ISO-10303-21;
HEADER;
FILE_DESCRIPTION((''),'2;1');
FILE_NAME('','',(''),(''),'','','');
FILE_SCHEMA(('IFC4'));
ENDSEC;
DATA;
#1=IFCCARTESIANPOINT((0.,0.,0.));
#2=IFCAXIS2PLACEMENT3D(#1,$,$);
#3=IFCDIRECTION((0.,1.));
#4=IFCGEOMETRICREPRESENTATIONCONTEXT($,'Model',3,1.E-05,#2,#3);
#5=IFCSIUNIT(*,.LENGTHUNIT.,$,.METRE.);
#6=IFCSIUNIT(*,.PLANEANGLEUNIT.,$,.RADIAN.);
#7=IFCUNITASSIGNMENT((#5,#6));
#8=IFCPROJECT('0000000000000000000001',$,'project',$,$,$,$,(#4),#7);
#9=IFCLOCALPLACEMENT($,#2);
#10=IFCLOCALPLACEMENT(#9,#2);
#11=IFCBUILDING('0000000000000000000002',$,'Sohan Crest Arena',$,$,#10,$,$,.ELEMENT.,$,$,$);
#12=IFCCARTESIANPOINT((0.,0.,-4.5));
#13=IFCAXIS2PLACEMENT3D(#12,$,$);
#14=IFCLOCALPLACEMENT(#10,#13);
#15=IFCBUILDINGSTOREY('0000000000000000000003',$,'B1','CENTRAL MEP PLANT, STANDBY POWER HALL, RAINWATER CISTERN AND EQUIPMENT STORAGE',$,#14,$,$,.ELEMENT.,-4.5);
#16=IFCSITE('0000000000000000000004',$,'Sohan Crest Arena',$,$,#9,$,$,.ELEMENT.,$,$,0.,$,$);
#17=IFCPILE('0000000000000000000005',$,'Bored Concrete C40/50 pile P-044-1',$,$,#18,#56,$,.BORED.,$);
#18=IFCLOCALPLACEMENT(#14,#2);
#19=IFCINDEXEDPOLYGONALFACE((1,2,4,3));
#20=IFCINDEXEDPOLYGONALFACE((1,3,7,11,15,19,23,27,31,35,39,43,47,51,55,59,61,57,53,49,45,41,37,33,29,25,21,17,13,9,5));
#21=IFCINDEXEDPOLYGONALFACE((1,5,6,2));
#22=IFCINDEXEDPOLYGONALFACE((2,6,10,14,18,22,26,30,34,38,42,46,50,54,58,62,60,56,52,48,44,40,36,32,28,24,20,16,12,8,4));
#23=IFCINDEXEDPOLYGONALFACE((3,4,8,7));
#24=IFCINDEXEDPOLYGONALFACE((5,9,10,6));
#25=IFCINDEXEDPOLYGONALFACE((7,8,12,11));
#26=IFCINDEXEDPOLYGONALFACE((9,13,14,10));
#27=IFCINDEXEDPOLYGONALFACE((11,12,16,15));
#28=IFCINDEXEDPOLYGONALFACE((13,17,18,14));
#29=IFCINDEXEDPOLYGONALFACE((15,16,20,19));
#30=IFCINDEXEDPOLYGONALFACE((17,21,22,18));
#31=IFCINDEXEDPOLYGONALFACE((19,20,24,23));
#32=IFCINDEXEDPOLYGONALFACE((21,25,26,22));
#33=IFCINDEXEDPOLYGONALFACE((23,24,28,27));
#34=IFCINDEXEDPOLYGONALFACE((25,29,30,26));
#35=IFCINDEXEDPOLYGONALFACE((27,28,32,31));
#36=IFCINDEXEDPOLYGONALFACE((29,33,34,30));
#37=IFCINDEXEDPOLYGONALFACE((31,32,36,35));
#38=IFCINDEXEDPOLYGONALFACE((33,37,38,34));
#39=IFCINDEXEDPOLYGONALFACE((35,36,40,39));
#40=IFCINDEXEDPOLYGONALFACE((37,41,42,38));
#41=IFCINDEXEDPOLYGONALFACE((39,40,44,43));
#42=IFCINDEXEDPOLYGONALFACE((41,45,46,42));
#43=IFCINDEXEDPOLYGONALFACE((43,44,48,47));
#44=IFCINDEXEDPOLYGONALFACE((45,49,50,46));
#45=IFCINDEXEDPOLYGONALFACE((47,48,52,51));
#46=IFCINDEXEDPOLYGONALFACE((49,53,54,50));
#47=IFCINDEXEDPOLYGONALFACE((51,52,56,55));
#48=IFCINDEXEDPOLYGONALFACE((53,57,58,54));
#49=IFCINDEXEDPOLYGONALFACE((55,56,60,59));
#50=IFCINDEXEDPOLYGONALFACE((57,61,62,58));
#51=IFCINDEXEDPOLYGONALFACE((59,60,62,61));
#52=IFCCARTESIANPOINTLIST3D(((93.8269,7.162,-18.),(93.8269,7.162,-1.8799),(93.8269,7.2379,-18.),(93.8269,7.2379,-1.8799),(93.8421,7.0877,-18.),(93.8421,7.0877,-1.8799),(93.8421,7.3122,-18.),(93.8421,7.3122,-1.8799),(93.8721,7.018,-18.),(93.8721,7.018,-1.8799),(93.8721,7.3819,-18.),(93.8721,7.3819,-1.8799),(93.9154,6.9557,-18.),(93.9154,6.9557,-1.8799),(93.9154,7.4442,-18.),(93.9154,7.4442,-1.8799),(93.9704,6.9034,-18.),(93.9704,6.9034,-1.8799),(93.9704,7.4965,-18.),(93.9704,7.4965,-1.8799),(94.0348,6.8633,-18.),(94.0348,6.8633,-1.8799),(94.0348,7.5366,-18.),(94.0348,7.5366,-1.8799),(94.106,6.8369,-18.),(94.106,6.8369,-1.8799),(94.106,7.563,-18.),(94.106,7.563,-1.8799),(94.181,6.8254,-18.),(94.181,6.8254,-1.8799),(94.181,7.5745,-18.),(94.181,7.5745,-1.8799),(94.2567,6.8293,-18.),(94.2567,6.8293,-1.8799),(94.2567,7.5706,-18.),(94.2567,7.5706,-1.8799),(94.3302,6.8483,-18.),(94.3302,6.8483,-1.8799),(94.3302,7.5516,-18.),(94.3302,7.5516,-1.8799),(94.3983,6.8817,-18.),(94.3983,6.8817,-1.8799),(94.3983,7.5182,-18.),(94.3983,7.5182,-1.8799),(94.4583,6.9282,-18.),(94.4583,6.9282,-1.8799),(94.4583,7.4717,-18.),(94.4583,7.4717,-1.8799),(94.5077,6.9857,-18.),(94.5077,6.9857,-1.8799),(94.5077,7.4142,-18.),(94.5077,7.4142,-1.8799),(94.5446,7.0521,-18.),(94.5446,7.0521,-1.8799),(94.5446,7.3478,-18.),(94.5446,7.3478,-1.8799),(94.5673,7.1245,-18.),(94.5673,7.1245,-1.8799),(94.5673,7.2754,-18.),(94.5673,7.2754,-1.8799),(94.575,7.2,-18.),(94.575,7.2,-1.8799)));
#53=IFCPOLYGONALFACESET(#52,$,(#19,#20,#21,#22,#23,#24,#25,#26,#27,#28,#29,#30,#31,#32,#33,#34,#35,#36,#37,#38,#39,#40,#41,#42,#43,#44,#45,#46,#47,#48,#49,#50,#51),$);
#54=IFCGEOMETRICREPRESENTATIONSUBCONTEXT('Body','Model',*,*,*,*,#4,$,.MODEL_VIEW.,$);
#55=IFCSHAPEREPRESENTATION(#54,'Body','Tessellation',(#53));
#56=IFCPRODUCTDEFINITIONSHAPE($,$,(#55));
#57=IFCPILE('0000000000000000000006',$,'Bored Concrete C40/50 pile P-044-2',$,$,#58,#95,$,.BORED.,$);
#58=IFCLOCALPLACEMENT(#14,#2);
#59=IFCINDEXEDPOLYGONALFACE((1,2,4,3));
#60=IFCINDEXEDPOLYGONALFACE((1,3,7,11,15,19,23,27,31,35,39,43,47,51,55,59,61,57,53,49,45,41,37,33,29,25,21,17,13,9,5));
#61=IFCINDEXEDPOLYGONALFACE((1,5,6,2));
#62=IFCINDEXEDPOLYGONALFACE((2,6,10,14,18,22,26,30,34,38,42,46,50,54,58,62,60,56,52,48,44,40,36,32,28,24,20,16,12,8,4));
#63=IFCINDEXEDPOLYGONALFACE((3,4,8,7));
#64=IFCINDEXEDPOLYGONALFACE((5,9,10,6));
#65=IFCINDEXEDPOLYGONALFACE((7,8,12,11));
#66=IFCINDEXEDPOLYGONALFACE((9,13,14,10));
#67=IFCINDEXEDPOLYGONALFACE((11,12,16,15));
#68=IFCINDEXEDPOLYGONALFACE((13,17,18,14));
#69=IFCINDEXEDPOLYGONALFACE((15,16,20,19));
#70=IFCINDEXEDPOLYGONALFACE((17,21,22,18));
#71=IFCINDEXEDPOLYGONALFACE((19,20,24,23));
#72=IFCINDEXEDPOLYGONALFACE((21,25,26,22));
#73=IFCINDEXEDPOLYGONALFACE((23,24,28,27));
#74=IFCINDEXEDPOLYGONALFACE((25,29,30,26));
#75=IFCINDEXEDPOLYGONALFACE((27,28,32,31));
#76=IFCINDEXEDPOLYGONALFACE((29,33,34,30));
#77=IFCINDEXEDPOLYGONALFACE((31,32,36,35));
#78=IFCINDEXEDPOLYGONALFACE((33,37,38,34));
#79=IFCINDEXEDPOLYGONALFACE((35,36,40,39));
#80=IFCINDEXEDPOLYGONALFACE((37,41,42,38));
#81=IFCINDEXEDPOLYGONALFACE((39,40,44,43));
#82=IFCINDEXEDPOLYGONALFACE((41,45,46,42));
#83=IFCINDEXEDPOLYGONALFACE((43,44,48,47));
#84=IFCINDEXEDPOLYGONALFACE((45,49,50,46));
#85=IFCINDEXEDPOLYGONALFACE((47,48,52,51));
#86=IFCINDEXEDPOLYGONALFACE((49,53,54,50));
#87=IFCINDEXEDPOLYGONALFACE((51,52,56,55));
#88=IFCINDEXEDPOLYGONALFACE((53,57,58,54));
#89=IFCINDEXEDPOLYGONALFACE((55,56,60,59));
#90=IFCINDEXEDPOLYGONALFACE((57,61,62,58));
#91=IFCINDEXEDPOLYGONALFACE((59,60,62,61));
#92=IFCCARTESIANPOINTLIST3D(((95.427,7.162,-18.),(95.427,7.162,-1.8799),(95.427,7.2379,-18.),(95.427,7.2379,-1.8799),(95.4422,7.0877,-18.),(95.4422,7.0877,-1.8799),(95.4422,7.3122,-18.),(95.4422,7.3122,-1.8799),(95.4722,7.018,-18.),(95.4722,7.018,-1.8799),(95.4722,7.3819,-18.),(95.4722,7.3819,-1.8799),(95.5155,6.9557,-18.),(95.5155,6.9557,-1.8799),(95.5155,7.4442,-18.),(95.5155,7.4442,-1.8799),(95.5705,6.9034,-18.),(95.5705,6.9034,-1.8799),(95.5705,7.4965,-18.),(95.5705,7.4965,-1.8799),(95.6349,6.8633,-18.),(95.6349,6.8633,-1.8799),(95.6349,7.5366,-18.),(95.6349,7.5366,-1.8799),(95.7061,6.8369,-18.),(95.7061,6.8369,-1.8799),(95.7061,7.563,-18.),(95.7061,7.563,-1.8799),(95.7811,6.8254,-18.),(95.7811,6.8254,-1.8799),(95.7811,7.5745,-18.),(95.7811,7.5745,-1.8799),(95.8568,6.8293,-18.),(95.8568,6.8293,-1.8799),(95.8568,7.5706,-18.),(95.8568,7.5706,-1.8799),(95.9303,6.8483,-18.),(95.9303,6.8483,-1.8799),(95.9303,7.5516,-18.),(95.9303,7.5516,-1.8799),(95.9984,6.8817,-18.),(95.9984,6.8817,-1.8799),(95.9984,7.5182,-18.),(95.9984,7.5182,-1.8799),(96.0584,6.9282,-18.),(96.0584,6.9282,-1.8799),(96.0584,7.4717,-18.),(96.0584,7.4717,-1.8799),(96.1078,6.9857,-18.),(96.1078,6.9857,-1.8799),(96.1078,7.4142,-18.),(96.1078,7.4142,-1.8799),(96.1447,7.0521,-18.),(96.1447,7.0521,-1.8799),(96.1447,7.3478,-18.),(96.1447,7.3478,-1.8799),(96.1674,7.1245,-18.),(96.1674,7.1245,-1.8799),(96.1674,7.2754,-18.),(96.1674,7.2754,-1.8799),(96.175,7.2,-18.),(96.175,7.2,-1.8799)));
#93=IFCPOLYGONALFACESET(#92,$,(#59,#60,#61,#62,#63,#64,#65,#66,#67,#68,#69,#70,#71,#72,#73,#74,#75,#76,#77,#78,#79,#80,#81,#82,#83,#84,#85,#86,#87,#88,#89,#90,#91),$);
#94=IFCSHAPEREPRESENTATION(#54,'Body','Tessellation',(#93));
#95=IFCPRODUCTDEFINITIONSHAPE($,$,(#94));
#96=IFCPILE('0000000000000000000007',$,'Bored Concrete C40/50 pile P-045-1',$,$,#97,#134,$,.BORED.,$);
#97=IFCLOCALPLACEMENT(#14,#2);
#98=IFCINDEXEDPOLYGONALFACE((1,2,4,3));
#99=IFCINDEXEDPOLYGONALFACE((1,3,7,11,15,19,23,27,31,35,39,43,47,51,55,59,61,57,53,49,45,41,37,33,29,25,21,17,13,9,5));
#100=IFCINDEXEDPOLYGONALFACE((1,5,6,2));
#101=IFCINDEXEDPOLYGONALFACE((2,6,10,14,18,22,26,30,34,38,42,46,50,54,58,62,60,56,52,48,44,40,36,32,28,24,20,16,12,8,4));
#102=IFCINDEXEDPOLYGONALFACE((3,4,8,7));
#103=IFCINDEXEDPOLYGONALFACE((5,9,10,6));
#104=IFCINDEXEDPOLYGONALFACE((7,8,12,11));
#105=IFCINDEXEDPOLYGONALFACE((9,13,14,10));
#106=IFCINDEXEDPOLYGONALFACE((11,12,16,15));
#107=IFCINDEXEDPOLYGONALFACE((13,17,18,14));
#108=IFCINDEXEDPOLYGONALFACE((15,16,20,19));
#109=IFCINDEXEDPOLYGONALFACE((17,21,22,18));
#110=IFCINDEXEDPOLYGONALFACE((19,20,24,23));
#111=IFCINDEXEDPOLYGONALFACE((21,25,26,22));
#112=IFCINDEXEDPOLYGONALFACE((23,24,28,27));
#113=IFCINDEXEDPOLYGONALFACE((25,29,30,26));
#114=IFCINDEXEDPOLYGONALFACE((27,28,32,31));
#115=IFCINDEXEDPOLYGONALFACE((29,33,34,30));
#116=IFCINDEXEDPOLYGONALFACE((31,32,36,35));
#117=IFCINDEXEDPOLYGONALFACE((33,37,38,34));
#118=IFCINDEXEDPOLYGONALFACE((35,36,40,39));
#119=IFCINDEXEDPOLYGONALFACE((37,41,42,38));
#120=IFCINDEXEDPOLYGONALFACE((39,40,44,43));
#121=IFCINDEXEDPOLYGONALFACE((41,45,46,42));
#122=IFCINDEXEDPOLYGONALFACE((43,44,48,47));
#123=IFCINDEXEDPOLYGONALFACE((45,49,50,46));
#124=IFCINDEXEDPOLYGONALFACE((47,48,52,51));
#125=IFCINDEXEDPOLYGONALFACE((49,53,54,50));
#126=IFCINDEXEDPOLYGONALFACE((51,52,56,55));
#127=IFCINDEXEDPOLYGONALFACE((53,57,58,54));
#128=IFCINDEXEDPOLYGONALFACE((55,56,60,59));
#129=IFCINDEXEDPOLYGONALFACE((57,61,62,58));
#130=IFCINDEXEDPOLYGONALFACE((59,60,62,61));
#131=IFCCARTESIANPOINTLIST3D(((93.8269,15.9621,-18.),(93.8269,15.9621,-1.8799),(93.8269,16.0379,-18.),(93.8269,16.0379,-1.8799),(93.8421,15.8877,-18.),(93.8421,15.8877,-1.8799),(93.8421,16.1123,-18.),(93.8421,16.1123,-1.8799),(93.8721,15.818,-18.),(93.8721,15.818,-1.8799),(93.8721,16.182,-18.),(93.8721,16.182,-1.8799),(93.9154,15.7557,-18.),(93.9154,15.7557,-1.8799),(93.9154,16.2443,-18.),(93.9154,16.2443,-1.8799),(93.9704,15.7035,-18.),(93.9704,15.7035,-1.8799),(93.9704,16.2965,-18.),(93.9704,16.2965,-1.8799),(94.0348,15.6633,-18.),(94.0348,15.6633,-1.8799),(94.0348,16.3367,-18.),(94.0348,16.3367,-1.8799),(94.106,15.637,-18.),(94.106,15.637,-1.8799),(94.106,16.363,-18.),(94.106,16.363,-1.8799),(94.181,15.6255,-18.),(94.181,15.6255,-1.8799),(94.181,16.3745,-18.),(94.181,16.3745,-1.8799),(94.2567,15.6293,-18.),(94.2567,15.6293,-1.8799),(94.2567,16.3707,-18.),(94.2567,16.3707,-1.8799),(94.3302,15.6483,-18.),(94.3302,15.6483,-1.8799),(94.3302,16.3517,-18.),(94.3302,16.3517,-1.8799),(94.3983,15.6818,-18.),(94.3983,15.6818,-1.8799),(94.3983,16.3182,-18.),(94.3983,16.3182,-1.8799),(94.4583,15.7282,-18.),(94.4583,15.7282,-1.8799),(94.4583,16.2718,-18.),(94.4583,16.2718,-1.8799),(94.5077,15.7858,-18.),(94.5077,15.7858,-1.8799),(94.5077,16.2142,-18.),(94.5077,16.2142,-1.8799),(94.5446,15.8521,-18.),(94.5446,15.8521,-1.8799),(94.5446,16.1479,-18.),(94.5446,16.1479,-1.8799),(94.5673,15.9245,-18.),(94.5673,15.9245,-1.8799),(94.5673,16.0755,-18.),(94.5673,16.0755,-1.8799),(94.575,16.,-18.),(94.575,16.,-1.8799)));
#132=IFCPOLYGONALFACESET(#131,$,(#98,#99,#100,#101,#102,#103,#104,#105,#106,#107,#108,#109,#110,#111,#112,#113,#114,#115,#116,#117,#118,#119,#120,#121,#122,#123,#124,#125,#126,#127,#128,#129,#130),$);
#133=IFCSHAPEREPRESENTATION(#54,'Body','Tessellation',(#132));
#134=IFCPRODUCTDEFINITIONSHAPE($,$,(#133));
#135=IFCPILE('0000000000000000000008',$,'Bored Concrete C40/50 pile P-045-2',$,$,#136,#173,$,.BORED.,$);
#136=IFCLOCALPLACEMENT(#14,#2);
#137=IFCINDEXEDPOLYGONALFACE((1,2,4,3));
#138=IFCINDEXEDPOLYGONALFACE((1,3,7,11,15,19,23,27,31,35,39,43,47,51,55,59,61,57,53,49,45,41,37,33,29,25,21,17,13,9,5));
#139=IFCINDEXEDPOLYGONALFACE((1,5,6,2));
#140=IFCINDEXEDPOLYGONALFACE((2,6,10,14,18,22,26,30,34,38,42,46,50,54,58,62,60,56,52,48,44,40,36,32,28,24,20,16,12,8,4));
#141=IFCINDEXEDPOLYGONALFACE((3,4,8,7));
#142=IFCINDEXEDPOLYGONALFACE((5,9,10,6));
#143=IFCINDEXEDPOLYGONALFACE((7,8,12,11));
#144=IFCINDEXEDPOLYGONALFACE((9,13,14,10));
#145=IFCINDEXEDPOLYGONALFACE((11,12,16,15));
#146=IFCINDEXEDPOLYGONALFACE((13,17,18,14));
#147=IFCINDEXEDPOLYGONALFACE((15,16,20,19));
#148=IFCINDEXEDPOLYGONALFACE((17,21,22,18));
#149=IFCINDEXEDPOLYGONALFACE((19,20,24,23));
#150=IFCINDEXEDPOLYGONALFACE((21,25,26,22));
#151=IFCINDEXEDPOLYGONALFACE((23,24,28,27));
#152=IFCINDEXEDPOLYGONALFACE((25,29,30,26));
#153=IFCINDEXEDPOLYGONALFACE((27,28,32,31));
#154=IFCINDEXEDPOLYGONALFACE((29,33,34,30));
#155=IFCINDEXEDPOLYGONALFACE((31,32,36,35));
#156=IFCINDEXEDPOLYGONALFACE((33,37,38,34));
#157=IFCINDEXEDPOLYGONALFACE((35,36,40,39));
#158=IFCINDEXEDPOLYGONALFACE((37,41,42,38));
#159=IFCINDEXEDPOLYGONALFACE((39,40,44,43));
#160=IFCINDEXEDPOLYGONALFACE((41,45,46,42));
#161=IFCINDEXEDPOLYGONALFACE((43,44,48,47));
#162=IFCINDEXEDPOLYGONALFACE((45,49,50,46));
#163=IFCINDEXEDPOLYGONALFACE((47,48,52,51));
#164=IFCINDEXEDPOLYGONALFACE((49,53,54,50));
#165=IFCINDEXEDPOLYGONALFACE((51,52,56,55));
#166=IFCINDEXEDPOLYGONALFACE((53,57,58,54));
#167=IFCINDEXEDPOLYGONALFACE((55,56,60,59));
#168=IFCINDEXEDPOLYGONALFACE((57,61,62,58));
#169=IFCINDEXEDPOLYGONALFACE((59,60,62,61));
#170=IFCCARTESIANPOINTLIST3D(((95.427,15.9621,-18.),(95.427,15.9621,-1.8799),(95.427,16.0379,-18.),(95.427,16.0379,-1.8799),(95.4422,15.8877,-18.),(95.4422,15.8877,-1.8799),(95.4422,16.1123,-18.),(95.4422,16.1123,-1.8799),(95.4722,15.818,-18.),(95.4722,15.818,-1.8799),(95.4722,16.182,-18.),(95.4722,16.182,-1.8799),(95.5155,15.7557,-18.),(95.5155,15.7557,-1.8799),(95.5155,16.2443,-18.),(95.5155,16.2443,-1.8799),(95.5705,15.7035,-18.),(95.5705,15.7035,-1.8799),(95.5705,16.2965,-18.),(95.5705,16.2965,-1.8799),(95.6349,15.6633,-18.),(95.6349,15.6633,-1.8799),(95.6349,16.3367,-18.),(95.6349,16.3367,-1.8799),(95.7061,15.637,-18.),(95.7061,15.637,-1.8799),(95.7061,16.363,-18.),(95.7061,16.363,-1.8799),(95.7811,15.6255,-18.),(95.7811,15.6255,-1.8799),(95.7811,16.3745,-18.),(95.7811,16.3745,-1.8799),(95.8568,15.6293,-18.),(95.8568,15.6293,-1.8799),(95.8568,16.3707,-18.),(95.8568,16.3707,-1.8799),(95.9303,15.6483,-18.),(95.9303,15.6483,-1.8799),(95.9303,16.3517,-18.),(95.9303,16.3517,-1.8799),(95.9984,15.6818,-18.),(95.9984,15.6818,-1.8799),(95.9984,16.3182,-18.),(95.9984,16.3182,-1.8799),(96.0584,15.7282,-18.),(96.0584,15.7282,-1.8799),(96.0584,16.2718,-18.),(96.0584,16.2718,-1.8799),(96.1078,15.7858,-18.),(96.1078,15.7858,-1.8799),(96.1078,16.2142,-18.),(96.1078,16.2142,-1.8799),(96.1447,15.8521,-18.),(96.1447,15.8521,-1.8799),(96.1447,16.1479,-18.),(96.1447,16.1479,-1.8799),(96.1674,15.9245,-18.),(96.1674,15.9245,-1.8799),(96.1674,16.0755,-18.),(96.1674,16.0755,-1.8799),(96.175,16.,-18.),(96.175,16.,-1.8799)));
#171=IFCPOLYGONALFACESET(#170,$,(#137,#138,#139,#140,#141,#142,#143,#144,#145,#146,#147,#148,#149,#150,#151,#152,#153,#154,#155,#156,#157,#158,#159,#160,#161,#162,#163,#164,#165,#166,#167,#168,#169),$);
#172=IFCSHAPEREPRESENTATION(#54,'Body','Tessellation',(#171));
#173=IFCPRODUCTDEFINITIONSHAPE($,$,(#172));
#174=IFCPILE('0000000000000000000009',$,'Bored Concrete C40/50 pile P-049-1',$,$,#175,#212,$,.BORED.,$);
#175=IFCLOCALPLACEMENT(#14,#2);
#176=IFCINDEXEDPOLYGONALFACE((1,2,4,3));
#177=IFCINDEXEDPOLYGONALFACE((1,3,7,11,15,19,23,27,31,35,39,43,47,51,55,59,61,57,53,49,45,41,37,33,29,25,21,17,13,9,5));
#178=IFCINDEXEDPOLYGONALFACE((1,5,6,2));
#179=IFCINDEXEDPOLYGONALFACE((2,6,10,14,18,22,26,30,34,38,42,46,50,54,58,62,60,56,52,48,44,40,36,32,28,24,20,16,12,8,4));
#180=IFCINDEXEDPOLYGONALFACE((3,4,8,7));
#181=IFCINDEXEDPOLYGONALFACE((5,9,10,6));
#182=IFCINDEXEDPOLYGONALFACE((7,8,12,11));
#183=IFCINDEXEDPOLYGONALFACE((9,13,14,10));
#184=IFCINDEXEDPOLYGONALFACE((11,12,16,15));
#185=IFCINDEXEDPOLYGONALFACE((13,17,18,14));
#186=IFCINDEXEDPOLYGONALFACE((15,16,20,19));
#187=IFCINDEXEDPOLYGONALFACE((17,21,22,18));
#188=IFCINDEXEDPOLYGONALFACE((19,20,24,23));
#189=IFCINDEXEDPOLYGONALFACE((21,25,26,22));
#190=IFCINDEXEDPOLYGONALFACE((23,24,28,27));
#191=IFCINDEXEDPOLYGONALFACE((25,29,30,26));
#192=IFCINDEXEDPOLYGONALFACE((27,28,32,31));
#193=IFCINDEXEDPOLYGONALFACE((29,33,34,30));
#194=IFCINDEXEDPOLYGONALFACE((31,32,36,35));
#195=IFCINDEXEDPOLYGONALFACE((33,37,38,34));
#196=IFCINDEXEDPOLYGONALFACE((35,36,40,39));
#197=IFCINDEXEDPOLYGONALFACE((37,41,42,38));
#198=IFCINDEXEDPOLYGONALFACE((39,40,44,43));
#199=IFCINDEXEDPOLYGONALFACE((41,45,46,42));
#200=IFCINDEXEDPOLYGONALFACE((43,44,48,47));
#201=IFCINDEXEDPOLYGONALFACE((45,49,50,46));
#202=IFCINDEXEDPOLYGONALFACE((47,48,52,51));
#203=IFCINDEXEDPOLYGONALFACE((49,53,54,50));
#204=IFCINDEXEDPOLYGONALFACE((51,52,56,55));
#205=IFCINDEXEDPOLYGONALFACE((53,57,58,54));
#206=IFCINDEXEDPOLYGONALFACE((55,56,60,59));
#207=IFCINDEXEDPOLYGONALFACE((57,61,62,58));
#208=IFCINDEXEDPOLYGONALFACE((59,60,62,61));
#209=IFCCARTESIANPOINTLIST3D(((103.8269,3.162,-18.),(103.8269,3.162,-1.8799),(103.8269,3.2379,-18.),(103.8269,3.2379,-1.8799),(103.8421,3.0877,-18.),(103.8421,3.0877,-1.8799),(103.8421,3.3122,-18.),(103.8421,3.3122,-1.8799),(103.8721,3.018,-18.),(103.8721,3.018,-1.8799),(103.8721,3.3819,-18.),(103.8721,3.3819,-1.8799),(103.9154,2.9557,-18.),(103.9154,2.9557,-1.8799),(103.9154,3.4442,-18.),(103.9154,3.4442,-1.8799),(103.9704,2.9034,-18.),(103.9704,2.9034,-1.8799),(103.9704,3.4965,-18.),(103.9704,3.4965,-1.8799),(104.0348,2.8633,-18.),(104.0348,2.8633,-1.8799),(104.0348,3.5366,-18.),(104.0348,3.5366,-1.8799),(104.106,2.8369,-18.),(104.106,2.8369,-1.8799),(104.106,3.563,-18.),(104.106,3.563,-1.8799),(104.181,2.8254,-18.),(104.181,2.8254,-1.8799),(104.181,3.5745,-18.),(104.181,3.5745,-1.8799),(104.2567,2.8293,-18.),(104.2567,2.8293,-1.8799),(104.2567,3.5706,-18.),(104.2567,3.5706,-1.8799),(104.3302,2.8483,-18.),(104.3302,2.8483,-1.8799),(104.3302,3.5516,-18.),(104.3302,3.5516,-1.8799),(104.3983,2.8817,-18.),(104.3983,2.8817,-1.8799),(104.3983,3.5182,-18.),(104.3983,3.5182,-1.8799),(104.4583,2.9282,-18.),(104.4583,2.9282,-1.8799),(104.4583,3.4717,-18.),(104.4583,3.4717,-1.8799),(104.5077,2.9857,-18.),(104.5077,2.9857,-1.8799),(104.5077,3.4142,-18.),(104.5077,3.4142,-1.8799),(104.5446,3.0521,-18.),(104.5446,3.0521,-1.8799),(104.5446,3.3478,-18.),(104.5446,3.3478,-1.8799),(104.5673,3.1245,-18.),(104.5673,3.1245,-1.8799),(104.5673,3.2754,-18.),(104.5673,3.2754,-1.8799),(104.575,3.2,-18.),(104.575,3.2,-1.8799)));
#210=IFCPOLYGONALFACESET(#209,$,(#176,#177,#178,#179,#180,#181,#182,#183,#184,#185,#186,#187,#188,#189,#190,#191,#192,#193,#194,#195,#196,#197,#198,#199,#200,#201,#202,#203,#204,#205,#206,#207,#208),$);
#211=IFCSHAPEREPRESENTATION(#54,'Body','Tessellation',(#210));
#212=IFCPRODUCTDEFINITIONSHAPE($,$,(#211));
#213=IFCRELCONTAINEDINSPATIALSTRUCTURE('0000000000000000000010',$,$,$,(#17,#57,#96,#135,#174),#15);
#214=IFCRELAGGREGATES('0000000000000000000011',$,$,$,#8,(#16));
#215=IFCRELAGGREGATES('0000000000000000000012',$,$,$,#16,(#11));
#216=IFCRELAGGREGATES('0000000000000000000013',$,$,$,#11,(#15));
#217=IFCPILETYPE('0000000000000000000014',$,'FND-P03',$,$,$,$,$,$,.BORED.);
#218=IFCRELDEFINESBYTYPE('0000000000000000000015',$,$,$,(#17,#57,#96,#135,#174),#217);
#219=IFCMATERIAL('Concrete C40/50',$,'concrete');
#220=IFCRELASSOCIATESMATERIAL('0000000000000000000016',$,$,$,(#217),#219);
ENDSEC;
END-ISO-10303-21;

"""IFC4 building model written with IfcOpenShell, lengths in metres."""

from ifc_helpers import new_model, si_unit, direction, frame, origin, origin_2d, place, context, subcontext, project, spatial, circle, extrude, material, material_profile, profile_set, type_object, element, save


model = new_model("IFC4")

# Units and contexts
model_context = context("Model", 3, precision=1e-05, world=origin(), true_north=direction((0.0, 1.0)))
body_context = subcontext(model_context, "Body", "Model", "MODEL_VIEW")
ifc_project = project(units=[si_unit("LENGTHUNIT", "METRE"), si_unit("PLANEANGLEUNIT", "RADIAN")], contexts=[model_context])

# Site, building, storey
site_placement = place(None, origin())
site = spatial("IfcSite", under=ifc_project, at=site_placement, Name="Sohan Crest Arena", CompositionType="ELEMENT", RefElevation=0.0)
building_placement = place(site_placement, origin())
building = spatial("IfcBuilding", under=site, at=building_placement, Name="Sohan Crest Arena", CompositionType="ELEMENT")
storey_placement = place(building_placement, frame((0.0, 0.0, -4.5)))
storey = spatial("IfcBuildingStorey", under=building, at=storey_placement, Name="B1", Description="CENTRAL MEP PLANT, STANDBY POWER HALL, RAINWATER CISTERN AND EQUIPMENT STORAGE", CompositionType="ELEMENT", Elevation=-4.5)

# Shared definitions
ifc_material_1 = material(Name="Concrete C40/50", Category="concrete")

# Piles
ifc_material_profile_1 = material_profile(ifc_material_1, circle(Radius=0.375, at=origin_2d()), Name="PILE D750")
ifc_profile_set_1 = profile_set([ifc_material_profile_1], Name="Concrete C40/50")
pile_type = type_object("IfcPileType", Name="FND-P03", PredefinedType="BORED", material=ifc_profile_set_1)
for number, where, z_axis, x_axis, name in (
    (1, (94.2, 7.2, -18.0), (0.0, 0.0, 1.0), (1.0, 0.0, 0.0), "Bored Concrete C40/50 pile P-044-1"),
    (2, (95.8, 7.2, -18.0), (0.0, 0.0, 1.0), (1.0, 0.0, 0.0), "Bored Concrete C40/50 pile P-044-2"),
    (3, (94.2, 16.0, -18.0), (0.0, 0.0, 1.0), (1.0, 0.0, 0.0), "Bored Concrete C40/50 pile P-045-1"),
    (4, (95.8, 16.0, -18.0), (0.0, 0.0, 1.0), (1.0, 0.0, 0.0), "Bored Concrete C40/50 pile P-045-2"),
    (5, (104.2, 3.2, -18.0), (0.0, 0.0, 1.0), (1.0, 0.0, 0.0), "Bored Concrete C40/50 pile P-049-1"),
):
    element("IfcPile", number, at=place(storey_placement, frame(where, z_axis=z_axis, x_axis=x_axis)), inside=storey, type_object=pile_type, Name=name, PredefinedType="BORED", context=body_context, shape_type="SweptSolid", body=[
        extrude(circle(Radius=0.375, at=origin_2d()), origin(), (0.0, 0.0, 1.0), 16.1201),
    ])

save(model, "model.ifc")
